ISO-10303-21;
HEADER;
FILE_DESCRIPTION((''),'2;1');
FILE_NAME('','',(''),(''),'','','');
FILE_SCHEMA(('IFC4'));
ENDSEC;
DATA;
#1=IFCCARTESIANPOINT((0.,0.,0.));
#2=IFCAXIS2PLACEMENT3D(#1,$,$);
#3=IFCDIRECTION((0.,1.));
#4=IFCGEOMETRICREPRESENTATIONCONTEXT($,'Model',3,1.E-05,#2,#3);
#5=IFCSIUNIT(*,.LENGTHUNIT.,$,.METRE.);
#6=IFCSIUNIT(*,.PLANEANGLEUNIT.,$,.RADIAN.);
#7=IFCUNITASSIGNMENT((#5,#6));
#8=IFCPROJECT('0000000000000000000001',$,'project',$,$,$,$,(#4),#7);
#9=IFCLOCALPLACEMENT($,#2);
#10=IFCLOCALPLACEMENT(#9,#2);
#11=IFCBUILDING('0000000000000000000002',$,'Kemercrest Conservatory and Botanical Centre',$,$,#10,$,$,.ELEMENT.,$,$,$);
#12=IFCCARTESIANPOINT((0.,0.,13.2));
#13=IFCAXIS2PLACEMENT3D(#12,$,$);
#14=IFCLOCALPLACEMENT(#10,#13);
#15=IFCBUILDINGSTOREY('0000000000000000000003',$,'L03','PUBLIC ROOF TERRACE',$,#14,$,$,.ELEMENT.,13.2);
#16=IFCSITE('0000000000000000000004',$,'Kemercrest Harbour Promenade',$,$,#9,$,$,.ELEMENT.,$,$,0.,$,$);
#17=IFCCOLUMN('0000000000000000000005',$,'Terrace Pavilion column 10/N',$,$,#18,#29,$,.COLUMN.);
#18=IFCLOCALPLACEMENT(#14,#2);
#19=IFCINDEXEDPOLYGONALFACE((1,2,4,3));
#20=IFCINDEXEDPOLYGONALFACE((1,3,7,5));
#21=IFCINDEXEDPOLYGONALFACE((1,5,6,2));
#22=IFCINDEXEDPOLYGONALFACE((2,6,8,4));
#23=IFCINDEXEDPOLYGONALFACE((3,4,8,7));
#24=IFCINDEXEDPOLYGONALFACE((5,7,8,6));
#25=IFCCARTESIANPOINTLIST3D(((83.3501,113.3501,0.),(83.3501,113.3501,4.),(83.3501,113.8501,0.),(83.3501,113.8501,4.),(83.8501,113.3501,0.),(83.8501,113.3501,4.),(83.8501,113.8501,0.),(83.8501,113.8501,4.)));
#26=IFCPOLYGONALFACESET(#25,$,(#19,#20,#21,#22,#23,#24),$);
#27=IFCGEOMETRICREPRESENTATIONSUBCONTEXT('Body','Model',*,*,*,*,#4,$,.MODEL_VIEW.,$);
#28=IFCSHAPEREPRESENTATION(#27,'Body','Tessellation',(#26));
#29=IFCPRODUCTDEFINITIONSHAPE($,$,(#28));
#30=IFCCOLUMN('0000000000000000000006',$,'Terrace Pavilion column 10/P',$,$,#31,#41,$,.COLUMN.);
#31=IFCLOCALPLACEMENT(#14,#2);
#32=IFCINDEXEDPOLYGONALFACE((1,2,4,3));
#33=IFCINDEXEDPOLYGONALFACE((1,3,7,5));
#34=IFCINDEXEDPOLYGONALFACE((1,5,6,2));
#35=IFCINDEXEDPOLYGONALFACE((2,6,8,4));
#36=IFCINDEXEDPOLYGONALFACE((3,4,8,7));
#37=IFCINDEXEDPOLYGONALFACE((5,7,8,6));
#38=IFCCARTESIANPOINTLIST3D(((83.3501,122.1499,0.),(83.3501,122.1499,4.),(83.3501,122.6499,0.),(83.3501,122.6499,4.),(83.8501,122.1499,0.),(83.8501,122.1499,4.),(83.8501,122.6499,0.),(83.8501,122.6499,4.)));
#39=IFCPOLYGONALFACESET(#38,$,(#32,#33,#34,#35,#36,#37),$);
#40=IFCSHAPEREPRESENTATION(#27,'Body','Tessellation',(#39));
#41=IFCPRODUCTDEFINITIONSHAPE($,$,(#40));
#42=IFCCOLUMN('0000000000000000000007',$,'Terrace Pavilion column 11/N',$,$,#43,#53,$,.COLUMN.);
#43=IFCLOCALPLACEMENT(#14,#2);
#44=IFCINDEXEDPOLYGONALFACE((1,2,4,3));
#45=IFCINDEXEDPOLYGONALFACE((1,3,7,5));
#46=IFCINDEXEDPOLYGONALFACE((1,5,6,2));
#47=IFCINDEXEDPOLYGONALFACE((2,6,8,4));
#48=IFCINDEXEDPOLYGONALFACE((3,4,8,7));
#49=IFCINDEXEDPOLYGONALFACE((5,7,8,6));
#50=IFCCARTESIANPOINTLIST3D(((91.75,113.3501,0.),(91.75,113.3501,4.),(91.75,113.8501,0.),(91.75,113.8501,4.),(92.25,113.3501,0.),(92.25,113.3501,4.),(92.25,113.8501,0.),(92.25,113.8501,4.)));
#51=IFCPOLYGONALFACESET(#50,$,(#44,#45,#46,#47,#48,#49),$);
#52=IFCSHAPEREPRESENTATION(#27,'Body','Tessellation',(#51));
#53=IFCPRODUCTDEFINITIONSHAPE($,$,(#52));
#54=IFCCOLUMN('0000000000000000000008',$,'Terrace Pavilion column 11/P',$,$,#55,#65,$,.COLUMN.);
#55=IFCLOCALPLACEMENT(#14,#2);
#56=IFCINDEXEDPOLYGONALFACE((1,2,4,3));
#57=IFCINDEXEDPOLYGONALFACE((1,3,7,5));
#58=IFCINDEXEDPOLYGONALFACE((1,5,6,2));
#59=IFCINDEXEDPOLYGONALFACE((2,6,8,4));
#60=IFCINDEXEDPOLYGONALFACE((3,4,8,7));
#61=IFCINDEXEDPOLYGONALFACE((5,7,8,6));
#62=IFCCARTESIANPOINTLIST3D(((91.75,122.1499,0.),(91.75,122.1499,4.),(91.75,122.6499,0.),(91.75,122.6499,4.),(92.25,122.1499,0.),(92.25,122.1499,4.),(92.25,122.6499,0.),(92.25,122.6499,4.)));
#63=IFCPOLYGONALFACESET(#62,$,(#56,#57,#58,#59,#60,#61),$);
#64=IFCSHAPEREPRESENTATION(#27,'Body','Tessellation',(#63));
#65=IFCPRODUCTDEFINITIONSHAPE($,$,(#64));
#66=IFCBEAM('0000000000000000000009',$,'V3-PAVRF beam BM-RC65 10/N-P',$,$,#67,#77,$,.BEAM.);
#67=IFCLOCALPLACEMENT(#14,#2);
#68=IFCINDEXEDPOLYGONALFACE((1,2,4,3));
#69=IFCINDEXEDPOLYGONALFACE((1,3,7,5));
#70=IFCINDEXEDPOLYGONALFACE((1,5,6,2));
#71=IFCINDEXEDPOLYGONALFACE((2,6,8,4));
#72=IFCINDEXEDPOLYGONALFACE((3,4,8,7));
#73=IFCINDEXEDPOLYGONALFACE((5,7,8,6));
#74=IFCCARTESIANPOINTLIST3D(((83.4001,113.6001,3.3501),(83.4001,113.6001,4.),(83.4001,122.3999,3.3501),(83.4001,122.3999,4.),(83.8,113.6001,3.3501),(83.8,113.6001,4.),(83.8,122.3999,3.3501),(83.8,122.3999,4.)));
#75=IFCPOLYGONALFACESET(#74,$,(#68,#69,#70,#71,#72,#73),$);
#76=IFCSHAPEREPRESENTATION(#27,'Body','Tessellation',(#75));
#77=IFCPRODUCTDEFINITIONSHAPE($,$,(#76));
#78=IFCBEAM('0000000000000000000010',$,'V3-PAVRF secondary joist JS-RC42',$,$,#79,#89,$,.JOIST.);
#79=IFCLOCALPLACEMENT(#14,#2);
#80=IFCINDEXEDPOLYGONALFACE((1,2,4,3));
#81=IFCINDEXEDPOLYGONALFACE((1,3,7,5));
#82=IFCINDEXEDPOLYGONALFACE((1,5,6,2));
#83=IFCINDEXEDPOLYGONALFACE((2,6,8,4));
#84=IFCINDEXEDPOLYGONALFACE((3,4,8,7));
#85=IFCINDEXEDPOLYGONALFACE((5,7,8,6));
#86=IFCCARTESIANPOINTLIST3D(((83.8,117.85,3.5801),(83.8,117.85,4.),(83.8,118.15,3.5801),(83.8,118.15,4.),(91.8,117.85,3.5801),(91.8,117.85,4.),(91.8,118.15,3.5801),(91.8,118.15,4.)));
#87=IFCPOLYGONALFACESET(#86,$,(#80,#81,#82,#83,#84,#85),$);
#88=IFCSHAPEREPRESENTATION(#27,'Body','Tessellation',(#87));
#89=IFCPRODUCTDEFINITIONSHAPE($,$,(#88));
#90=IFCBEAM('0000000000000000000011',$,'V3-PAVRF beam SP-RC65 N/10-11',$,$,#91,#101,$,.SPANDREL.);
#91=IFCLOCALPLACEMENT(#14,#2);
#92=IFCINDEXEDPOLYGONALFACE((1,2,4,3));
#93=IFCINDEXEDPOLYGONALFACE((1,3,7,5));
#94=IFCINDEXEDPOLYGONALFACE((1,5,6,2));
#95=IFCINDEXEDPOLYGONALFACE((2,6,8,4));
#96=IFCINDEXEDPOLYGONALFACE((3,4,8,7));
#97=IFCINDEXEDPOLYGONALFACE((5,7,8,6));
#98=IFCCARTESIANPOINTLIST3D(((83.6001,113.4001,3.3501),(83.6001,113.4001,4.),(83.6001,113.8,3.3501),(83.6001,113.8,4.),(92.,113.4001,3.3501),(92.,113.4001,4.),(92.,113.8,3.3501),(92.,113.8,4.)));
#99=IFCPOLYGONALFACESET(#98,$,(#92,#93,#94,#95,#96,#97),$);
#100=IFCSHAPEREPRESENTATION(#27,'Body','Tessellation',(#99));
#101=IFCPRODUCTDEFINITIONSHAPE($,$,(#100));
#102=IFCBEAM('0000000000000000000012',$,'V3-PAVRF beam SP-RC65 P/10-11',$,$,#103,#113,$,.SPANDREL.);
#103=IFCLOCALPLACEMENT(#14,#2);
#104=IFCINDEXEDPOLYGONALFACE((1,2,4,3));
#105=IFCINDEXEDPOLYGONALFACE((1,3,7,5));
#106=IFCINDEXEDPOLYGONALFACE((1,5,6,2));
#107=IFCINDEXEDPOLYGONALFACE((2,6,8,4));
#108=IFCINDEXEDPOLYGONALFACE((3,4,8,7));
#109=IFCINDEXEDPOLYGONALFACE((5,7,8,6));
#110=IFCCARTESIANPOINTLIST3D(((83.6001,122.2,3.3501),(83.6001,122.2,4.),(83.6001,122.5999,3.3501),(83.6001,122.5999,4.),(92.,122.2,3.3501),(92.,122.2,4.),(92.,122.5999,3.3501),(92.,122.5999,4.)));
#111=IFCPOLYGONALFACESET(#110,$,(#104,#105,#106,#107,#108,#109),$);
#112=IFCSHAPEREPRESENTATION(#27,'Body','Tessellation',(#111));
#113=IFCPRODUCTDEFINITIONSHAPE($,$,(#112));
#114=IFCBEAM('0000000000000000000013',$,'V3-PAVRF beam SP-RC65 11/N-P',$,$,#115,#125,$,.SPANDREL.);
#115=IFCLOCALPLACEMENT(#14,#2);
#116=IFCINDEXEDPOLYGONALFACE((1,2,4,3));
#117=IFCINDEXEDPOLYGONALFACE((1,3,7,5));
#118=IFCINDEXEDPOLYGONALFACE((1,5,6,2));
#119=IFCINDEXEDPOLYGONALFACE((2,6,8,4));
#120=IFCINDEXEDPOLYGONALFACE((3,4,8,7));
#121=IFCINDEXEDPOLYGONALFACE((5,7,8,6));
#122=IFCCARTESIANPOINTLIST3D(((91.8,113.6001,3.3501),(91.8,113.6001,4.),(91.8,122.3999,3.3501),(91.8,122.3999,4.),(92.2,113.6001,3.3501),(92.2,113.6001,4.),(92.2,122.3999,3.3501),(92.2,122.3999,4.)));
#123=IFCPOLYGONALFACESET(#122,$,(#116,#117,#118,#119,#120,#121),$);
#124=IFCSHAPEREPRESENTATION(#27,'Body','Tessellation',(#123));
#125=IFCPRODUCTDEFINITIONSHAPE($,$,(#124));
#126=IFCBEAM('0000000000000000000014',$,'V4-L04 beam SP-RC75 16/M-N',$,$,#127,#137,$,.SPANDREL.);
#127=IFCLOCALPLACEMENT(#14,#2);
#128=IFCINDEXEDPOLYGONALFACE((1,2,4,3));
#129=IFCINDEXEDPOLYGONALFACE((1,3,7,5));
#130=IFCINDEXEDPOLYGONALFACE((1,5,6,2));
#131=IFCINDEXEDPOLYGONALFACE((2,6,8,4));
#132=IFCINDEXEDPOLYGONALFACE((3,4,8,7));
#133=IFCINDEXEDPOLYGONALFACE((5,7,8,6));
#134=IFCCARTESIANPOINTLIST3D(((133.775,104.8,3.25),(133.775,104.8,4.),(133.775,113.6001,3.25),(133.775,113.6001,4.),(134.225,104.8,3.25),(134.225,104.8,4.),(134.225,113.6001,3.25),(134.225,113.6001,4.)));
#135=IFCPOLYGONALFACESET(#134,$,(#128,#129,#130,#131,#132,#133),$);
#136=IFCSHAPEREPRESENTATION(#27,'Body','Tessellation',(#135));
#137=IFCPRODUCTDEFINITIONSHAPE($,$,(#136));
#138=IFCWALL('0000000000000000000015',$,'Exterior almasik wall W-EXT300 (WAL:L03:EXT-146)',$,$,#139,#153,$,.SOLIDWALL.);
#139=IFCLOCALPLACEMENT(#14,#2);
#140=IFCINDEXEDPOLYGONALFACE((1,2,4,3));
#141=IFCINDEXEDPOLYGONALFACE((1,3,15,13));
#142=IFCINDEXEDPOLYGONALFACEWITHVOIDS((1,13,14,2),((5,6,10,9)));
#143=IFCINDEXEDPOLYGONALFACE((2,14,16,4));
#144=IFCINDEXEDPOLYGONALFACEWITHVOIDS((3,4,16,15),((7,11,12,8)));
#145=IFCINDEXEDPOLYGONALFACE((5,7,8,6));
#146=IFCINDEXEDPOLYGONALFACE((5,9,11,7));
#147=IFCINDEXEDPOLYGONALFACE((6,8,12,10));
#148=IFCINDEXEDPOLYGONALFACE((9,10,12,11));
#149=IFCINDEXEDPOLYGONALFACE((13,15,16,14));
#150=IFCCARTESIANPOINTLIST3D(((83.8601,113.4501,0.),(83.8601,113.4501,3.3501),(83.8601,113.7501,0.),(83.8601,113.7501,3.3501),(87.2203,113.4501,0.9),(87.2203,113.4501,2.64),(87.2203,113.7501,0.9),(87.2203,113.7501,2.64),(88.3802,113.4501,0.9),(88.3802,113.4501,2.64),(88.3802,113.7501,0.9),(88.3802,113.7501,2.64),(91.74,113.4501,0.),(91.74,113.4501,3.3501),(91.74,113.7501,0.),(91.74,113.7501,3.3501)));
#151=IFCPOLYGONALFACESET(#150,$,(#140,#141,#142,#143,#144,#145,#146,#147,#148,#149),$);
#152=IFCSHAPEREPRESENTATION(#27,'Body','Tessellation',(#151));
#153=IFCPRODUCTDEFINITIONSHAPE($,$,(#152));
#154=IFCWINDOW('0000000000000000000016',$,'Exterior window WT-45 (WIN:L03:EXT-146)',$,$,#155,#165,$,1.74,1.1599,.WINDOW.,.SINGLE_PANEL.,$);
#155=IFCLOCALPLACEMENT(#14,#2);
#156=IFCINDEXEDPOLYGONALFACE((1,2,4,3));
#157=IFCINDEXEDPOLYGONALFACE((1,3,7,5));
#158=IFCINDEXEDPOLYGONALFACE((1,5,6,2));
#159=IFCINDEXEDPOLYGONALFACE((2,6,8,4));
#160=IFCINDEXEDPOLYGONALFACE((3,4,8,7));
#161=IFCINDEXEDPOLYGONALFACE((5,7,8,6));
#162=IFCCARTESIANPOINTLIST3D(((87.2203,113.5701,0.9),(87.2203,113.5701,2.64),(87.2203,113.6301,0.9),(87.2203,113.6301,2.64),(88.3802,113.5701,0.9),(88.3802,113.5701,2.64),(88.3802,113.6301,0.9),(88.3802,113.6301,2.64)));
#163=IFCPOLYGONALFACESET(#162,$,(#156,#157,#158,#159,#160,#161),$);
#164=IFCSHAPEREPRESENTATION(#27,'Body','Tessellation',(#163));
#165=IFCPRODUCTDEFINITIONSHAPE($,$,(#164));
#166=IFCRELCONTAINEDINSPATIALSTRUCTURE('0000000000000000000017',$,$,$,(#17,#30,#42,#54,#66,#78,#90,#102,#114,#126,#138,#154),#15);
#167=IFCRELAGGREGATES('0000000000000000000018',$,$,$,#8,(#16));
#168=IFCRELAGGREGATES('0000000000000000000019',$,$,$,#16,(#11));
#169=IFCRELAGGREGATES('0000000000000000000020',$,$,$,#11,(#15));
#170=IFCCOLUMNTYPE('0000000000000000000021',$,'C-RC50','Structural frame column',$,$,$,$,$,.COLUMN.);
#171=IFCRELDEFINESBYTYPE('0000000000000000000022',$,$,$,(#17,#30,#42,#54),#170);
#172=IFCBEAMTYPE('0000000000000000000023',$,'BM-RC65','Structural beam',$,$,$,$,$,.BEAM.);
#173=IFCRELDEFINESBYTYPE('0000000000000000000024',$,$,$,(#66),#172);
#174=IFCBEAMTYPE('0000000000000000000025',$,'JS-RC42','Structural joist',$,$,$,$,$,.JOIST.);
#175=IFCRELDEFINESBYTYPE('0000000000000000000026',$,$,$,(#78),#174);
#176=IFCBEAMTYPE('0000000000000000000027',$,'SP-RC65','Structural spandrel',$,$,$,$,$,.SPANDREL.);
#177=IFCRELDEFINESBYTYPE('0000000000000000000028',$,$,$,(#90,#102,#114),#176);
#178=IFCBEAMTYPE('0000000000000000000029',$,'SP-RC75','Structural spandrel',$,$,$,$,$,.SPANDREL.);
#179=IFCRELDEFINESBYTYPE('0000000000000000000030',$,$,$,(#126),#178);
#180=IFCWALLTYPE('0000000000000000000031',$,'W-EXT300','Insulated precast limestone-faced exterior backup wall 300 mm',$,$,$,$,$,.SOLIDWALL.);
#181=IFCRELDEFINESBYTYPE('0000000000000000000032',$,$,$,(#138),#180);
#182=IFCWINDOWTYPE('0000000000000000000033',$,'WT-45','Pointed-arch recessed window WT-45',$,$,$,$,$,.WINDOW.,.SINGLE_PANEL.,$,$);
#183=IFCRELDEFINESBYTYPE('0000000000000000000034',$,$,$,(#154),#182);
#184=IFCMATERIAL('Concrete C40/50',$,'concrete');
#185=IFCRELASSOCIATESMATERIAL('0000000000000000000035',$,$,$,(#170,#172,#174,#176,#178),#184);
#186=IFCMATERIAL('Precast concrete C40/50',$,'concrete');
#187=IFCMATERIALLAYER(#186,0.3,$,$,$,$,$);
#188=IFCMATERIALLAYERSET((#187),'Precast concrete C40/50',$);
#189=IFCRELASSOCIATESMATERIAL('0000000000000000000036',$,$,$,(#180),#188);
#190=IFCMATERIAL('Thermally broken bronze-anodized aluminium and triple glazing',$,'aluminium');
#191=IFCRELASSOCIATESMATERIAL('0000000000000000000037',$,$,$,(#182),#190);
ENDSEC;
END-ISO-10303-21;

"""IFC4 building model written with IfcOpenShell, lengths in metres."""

from ifc_helpers import new_model, si_unit, direction, frame, frame_2d, origin, origin_2d, place, context, subcontext, project, spatial, rectangle, extrude, material, layer, layer_set, material_profile, profile_set, type_object, element, fill, save


model = new_model("IFC4")

# Units and contexts
model_context = context("Model", 3, precision=1e-05, world=origin(), true_north=direction((0.0, 1.0)))
body_context = subcontext(model_context, "Body", "Model", "MODEL_VIEW")
ifc_project = project(units=[si_unit("LENGTHUNIT", "METRE"), si_unit("PLANEANGLEUNIT", "RADIAN")], contexts=[model_context])

# Site, building, storey
site_placement = place(None, origin())
site = spatial("IfcSite", under=ifc_project, at=site_placement, Name="Kemercrest Harbour Promenade", CompositionType="ELEMENT", RefElevation=0.0)
building_placement = place(site_placement, origin())
building = spatial("IfcBuilding", under=site, at=building_placement, Name="Kemercrest Conservatory and Botanical Centre", CompositionType="ELEMENT")
storey_placement = place(building_placement, frame((0.0, 0.0, 13.2)))
storey = spatial("IfcBuildingStorey", under=building, at=storey_placement, Name="L03", Description="PUBLIC ROOF TERRACE", CompositionType="ELEMENT", Elevation=13.2)

# Columns
ifc_material_1 = material(Name="Concrete C40/50", Category="concrete")
ifc_material_profile_1 = material_profile(ifc_material_1, rectangle(XDim=0.5, YDim=0.5, at=origin_2d()), Name="RC 500x500")
ifc_profile_set_1 = profile_set([ifc_material_profile_1], Name="Concrete C40/50")
column_type = type_object("IfcColumnType", Name="C-RC50", Description="Structural frame column", PredefinedType="COLUMN", material=ifc_profile_set_1)
for number, where, z_axis, x_axis, name in (
    (1, (83.6001, 113.6001, 0.0), (0.0, 0.0, 1.0), (1.0, 0.0, 0.0), "Terrace Pavilion column 10/N"),
    (2, (83.6001, 122.3999, 0.0), (0.0, 0.0, 1.0), (1.0, 0.0, 0.0), "Terrace Pavilion column 10/P"),
    (3, (92.0, 113.6001, 0.0), (0.0, 0.0, 1.0), (1.0, 0.0, 0.0), "Terrace Pavilion column 11/N"),
    (4, (92.0, 122.3999, 0.0), (0.0, 0.0, 1.0), (1.0, 0.0, 0.0), "Terrace Pavilion column 11/P"),
):
    element("IfcColumn", number, at=place(storey_placement, frame(where, z_axis=z_axis, x_axis=x_axis)), inside=storey, type_object=column_type, Name=name, PredefinedType="COLUMN", context=body_context, shape_type="SweptSolid", body=[
        extrude(rectangle(XDim=0.5, YDim=0.5, at=origin_2d()), origin(), (0.0, 0.0, 1.0), 4.0),
    ])

# Beams
ifc_material_profile_2 = material_profile(ifc_material_1, rectangle(XDim=0.3999, YDim=0.6499, at=origin_2d()), Name="RC 400x650")
ifc_profile_set_2 = profile_set([ifc_material_profile_2], Name="Concrete C40/50")
beam_type_1 = type_object("IfcBeamType", Name="BM-RC65", Description="Structural beam", PredefinedType="BEAM", material=ifc_profile_set_2)
beam_1_placement = place(storey_placement, frame((83.6001, 113.6001, 3.675), z_axis=(0.0, 1.0, 0.0), x_axis=(-1.0, 0.0, 0.0)))
element("IfcBeam", 5, at=beam_1_placement, inside=storey, type_object=beam_type_1, Name="V3-PAVRF beam BM-RC65 10/N-P", PredefinedType="BEAM", context=body_context, shape_type="SweptSolid", body=[
    extrude(rectangle(XDim=0.3999, YDim=0.6499, at=origin_2d()), origin(), (0.0, 0.0, 1.0), 8.7998),
])
ifc_material_profile_3 = material_profile(ifc_material_1, rectangle(XDim=0.3, YDim=0.4199, at=origin_2d()), Name="RC 300x420")
ifc_profile_set_3 = profile_set([ifc_material_profile_3], Name="Concrete C40/50")
beam_type_2 = type_object("IfcBeamType", Name="JS-RC42", Description="Structural joist", PredefinedType="JOIST", material=ifc_profile_set_3)
beam_2_placement = place(storey_placement, frame((83.8, 118.0, 3.79), z_axis=(1.0, 0.0, 0.0), x_axis=(0.0, 1.0, 0.0)))
element("IfcBeam", 6, at=beam_2_placement, inside=storey, type_object=beam_type_2, Name="V3-PAVRF secondary joist JS-RC42", PredefinedType="JOIST", context=body_context, shape_type="SweptSolid", body=[
    extrude(rectangle(XDim=0.3, YDim=0.4199, at=origin_2d()), origin(), (0.0, 0.0, 1.0), 8.0),
])
ifc_material_profile_4 = material_profile(ifc_material_1, rectangle(XDim=0.3999, YDim=0.6499, at=origin_2d()), Name="RC 400x650")
ifc_profile_set_4 = profile_set([ifc_material_profile_4], Name="Concrete C40/50")
beam_type_3 = type_object("IfcBeamType", Name="SP-RC65", Description="Structural spandrel", PredefinedType="SPANDREL", material=ifc_profile_set_4)
for number, where, z_axis, x_axis, name in (
    (7, (83.6001, 113.6001, 3.675), (1.0, 0.0, 0.0), (0.0, 1.0, 0.0), "V3-PAVRF beam SP-RC65 N/10-11"),
    (8, (83.6001, 122.3999, 3.675), (1.0, 0.0, 0.0), (0.0, 1.0, 0.0), "V3-PAVRF beam SP-RC65 P/10-11"),
):
    element("IfcBeam", number, at=place(storey_placement, frame(where, z_axis=z_axis, x_axis=x_axis)), inside=storey, type_object=beam_type_3, Name=name, PredefinedType="SPANDREL", context=body_context, shape_type="SweptSolid", body=[
        extrude(rectangle(XDim=0.3999, YDim=0.6499, at=origin_2d()), origin(), (0.0, 0.0, 1.0), 8.3999),
    ])
beam_3_placement = place(storey_placement, frame((92.0, 113.6001, 3.675), z_axis=(0.0, 1.0, 0.0), x_axis=(-1.0, 0.0, 0.0)))
element("IfcBeam", 9, at=beam_3_placement, inside=storey, type_object=beam_type_3, Name="V3-PAVRF beam SP-RC65 11/N-P", PredefinedType="SPANDREL", context=body_context, shape_type="SweptSolid", body=[
    extrude(rectangle(XDim=0.3999, YDim=0.6499, at=origin_2d()), origin(), (0.0, 0.0, 1.0), 8.7998),
])
ifc_material_profile_5 = material_profile(ifc_material_1, rectangle(XDim=0.45, YDim=0.75, at=origin_2d()), Name="RC 450x750")
ifc_profile_set_5 = profile_set([ifc_material_profile_5], Name="Concrete C40/50")
beam_type_4 = type_object("IfcBeamType", Name="SP-RC75", Description="Structural spandrel", PredefinedType="SPANDREL", material=ifc_profile_set_5)
beam_4_placement = place(storey_placement, frame((134.0, 104.8, 3.625), z_axis=(0.0, 1.0, 0.0), x_axis=(-1.0, 0.0, 0.0)))
element("IfcBeam", 10, at=beam_4_placement, inside=storey, type_object=beam_type_4, Name="V4-L04 beam SP-RC75 16/M-N", PredefinedType="SPANDREL", context=body_context, shape_type="SweptSolid", body=[
    extrude(rectangle(XDim=0.45, YDim=0.75, at=origin_2d()), origin(), (0.0, 0.0, 1.0), 8.8),
])

# Wall, opening, window
ifc_material_2 = material(Name="Precast concrete C40/50", Category="concrete")
ifc_layer = layer(ifc_material_2, 0.3)
ifc_layer_set = layer_set([ifc_layer], Name="Precast concrete C40/50")
wall_type = type_object("IfcWallType", Name="W-EXT300", Description="Insulated precast limestone-faced exterior backup wall 300 mm", PredefinedType="SOLIDWALL", material=ifc_layer_set)
wall_1_placement = place(storey_placement, frame((83.8601, 113.6001, 0.0), z_axis=(0.0, 0.0, 1.0), x_axis=(1.0, 0.0, 0.0)))
wall_1 = element("IfcWall", 11, at=wall_1_placement, inside=storey, type_object=wall_type, Name="Exterior almasik wall W-EXT300 (WAL:L03:EXT-146)", PredefinedType="SOLIDWALL", context=body_context, shape_type="SweptSolid", body=[
    extrude(rectangle(XDim=7.8799, YDim=0.3, at=frame_2d((3.9399, 0.0))), origin(), (0.0, 0.0, 1.0), 3.3501),
])
opening_1_placement = place(wall_1_placement, frame((3.3601, 0.0, 0.8999)))
opening_1 = element("IfcOpeningElement", 12, at=opening_1_placement, cuts=wall_1, PredefinedType="OPENING", context=body_context, shape_type="SweptSolid", body=[
    extrude(rectangle(XDim=1.1599, YDim=1.74, at=frame_2d((0.5801, 0.8701))), frame((0.0, 0.1602, 0.0), z_axis=(0.0, -1.0, 0.0), x_axis=(1.0, 0.0, 0.0)), (0.0, 0.0, 1.0), 0.3201),
])
ifc_material_3 = material(Name="Thermally broken bronze-anodized aluminium and triple glazing", Category="aluminium")
window_type_1 = type_object("IfcWindowType", Name="WT-45", Description="Pointed-arch recessed window WT-45", PartitioningType="SINGLE_PANEL", PredefinedType="WINDOW", material=ifc_material_3)
window_1_placement = place(opening_1_placement, origin())
window_1 = element("IfcWindow", 13, at=window_1_placement, inside=storey, type_object=window_type_1, Name="Exterior window WT-45 (WIN:L03:EXT-146)", OverallHeight=1.74, OverallWidth=1.1599, PartitioningType="SINGLE_PANEL", PredefinedType="WINDOW", context=body_context, shape_type="SweptSolid", body=[
    extrude(rectangle(XDim=1.1599, YDim=1.74, at=frame_2d((0.5801, 0.8701))), frame((0.0, 0.03, 0.0), z_axis=(0.0, -1.0, 0.0), x_axis=(1.0, 0.0, 0.0)), (0.0, 0.0, 1.0), 0.0601),
])
fill(opening_1, window_1)

save(model, "model.ifc")
